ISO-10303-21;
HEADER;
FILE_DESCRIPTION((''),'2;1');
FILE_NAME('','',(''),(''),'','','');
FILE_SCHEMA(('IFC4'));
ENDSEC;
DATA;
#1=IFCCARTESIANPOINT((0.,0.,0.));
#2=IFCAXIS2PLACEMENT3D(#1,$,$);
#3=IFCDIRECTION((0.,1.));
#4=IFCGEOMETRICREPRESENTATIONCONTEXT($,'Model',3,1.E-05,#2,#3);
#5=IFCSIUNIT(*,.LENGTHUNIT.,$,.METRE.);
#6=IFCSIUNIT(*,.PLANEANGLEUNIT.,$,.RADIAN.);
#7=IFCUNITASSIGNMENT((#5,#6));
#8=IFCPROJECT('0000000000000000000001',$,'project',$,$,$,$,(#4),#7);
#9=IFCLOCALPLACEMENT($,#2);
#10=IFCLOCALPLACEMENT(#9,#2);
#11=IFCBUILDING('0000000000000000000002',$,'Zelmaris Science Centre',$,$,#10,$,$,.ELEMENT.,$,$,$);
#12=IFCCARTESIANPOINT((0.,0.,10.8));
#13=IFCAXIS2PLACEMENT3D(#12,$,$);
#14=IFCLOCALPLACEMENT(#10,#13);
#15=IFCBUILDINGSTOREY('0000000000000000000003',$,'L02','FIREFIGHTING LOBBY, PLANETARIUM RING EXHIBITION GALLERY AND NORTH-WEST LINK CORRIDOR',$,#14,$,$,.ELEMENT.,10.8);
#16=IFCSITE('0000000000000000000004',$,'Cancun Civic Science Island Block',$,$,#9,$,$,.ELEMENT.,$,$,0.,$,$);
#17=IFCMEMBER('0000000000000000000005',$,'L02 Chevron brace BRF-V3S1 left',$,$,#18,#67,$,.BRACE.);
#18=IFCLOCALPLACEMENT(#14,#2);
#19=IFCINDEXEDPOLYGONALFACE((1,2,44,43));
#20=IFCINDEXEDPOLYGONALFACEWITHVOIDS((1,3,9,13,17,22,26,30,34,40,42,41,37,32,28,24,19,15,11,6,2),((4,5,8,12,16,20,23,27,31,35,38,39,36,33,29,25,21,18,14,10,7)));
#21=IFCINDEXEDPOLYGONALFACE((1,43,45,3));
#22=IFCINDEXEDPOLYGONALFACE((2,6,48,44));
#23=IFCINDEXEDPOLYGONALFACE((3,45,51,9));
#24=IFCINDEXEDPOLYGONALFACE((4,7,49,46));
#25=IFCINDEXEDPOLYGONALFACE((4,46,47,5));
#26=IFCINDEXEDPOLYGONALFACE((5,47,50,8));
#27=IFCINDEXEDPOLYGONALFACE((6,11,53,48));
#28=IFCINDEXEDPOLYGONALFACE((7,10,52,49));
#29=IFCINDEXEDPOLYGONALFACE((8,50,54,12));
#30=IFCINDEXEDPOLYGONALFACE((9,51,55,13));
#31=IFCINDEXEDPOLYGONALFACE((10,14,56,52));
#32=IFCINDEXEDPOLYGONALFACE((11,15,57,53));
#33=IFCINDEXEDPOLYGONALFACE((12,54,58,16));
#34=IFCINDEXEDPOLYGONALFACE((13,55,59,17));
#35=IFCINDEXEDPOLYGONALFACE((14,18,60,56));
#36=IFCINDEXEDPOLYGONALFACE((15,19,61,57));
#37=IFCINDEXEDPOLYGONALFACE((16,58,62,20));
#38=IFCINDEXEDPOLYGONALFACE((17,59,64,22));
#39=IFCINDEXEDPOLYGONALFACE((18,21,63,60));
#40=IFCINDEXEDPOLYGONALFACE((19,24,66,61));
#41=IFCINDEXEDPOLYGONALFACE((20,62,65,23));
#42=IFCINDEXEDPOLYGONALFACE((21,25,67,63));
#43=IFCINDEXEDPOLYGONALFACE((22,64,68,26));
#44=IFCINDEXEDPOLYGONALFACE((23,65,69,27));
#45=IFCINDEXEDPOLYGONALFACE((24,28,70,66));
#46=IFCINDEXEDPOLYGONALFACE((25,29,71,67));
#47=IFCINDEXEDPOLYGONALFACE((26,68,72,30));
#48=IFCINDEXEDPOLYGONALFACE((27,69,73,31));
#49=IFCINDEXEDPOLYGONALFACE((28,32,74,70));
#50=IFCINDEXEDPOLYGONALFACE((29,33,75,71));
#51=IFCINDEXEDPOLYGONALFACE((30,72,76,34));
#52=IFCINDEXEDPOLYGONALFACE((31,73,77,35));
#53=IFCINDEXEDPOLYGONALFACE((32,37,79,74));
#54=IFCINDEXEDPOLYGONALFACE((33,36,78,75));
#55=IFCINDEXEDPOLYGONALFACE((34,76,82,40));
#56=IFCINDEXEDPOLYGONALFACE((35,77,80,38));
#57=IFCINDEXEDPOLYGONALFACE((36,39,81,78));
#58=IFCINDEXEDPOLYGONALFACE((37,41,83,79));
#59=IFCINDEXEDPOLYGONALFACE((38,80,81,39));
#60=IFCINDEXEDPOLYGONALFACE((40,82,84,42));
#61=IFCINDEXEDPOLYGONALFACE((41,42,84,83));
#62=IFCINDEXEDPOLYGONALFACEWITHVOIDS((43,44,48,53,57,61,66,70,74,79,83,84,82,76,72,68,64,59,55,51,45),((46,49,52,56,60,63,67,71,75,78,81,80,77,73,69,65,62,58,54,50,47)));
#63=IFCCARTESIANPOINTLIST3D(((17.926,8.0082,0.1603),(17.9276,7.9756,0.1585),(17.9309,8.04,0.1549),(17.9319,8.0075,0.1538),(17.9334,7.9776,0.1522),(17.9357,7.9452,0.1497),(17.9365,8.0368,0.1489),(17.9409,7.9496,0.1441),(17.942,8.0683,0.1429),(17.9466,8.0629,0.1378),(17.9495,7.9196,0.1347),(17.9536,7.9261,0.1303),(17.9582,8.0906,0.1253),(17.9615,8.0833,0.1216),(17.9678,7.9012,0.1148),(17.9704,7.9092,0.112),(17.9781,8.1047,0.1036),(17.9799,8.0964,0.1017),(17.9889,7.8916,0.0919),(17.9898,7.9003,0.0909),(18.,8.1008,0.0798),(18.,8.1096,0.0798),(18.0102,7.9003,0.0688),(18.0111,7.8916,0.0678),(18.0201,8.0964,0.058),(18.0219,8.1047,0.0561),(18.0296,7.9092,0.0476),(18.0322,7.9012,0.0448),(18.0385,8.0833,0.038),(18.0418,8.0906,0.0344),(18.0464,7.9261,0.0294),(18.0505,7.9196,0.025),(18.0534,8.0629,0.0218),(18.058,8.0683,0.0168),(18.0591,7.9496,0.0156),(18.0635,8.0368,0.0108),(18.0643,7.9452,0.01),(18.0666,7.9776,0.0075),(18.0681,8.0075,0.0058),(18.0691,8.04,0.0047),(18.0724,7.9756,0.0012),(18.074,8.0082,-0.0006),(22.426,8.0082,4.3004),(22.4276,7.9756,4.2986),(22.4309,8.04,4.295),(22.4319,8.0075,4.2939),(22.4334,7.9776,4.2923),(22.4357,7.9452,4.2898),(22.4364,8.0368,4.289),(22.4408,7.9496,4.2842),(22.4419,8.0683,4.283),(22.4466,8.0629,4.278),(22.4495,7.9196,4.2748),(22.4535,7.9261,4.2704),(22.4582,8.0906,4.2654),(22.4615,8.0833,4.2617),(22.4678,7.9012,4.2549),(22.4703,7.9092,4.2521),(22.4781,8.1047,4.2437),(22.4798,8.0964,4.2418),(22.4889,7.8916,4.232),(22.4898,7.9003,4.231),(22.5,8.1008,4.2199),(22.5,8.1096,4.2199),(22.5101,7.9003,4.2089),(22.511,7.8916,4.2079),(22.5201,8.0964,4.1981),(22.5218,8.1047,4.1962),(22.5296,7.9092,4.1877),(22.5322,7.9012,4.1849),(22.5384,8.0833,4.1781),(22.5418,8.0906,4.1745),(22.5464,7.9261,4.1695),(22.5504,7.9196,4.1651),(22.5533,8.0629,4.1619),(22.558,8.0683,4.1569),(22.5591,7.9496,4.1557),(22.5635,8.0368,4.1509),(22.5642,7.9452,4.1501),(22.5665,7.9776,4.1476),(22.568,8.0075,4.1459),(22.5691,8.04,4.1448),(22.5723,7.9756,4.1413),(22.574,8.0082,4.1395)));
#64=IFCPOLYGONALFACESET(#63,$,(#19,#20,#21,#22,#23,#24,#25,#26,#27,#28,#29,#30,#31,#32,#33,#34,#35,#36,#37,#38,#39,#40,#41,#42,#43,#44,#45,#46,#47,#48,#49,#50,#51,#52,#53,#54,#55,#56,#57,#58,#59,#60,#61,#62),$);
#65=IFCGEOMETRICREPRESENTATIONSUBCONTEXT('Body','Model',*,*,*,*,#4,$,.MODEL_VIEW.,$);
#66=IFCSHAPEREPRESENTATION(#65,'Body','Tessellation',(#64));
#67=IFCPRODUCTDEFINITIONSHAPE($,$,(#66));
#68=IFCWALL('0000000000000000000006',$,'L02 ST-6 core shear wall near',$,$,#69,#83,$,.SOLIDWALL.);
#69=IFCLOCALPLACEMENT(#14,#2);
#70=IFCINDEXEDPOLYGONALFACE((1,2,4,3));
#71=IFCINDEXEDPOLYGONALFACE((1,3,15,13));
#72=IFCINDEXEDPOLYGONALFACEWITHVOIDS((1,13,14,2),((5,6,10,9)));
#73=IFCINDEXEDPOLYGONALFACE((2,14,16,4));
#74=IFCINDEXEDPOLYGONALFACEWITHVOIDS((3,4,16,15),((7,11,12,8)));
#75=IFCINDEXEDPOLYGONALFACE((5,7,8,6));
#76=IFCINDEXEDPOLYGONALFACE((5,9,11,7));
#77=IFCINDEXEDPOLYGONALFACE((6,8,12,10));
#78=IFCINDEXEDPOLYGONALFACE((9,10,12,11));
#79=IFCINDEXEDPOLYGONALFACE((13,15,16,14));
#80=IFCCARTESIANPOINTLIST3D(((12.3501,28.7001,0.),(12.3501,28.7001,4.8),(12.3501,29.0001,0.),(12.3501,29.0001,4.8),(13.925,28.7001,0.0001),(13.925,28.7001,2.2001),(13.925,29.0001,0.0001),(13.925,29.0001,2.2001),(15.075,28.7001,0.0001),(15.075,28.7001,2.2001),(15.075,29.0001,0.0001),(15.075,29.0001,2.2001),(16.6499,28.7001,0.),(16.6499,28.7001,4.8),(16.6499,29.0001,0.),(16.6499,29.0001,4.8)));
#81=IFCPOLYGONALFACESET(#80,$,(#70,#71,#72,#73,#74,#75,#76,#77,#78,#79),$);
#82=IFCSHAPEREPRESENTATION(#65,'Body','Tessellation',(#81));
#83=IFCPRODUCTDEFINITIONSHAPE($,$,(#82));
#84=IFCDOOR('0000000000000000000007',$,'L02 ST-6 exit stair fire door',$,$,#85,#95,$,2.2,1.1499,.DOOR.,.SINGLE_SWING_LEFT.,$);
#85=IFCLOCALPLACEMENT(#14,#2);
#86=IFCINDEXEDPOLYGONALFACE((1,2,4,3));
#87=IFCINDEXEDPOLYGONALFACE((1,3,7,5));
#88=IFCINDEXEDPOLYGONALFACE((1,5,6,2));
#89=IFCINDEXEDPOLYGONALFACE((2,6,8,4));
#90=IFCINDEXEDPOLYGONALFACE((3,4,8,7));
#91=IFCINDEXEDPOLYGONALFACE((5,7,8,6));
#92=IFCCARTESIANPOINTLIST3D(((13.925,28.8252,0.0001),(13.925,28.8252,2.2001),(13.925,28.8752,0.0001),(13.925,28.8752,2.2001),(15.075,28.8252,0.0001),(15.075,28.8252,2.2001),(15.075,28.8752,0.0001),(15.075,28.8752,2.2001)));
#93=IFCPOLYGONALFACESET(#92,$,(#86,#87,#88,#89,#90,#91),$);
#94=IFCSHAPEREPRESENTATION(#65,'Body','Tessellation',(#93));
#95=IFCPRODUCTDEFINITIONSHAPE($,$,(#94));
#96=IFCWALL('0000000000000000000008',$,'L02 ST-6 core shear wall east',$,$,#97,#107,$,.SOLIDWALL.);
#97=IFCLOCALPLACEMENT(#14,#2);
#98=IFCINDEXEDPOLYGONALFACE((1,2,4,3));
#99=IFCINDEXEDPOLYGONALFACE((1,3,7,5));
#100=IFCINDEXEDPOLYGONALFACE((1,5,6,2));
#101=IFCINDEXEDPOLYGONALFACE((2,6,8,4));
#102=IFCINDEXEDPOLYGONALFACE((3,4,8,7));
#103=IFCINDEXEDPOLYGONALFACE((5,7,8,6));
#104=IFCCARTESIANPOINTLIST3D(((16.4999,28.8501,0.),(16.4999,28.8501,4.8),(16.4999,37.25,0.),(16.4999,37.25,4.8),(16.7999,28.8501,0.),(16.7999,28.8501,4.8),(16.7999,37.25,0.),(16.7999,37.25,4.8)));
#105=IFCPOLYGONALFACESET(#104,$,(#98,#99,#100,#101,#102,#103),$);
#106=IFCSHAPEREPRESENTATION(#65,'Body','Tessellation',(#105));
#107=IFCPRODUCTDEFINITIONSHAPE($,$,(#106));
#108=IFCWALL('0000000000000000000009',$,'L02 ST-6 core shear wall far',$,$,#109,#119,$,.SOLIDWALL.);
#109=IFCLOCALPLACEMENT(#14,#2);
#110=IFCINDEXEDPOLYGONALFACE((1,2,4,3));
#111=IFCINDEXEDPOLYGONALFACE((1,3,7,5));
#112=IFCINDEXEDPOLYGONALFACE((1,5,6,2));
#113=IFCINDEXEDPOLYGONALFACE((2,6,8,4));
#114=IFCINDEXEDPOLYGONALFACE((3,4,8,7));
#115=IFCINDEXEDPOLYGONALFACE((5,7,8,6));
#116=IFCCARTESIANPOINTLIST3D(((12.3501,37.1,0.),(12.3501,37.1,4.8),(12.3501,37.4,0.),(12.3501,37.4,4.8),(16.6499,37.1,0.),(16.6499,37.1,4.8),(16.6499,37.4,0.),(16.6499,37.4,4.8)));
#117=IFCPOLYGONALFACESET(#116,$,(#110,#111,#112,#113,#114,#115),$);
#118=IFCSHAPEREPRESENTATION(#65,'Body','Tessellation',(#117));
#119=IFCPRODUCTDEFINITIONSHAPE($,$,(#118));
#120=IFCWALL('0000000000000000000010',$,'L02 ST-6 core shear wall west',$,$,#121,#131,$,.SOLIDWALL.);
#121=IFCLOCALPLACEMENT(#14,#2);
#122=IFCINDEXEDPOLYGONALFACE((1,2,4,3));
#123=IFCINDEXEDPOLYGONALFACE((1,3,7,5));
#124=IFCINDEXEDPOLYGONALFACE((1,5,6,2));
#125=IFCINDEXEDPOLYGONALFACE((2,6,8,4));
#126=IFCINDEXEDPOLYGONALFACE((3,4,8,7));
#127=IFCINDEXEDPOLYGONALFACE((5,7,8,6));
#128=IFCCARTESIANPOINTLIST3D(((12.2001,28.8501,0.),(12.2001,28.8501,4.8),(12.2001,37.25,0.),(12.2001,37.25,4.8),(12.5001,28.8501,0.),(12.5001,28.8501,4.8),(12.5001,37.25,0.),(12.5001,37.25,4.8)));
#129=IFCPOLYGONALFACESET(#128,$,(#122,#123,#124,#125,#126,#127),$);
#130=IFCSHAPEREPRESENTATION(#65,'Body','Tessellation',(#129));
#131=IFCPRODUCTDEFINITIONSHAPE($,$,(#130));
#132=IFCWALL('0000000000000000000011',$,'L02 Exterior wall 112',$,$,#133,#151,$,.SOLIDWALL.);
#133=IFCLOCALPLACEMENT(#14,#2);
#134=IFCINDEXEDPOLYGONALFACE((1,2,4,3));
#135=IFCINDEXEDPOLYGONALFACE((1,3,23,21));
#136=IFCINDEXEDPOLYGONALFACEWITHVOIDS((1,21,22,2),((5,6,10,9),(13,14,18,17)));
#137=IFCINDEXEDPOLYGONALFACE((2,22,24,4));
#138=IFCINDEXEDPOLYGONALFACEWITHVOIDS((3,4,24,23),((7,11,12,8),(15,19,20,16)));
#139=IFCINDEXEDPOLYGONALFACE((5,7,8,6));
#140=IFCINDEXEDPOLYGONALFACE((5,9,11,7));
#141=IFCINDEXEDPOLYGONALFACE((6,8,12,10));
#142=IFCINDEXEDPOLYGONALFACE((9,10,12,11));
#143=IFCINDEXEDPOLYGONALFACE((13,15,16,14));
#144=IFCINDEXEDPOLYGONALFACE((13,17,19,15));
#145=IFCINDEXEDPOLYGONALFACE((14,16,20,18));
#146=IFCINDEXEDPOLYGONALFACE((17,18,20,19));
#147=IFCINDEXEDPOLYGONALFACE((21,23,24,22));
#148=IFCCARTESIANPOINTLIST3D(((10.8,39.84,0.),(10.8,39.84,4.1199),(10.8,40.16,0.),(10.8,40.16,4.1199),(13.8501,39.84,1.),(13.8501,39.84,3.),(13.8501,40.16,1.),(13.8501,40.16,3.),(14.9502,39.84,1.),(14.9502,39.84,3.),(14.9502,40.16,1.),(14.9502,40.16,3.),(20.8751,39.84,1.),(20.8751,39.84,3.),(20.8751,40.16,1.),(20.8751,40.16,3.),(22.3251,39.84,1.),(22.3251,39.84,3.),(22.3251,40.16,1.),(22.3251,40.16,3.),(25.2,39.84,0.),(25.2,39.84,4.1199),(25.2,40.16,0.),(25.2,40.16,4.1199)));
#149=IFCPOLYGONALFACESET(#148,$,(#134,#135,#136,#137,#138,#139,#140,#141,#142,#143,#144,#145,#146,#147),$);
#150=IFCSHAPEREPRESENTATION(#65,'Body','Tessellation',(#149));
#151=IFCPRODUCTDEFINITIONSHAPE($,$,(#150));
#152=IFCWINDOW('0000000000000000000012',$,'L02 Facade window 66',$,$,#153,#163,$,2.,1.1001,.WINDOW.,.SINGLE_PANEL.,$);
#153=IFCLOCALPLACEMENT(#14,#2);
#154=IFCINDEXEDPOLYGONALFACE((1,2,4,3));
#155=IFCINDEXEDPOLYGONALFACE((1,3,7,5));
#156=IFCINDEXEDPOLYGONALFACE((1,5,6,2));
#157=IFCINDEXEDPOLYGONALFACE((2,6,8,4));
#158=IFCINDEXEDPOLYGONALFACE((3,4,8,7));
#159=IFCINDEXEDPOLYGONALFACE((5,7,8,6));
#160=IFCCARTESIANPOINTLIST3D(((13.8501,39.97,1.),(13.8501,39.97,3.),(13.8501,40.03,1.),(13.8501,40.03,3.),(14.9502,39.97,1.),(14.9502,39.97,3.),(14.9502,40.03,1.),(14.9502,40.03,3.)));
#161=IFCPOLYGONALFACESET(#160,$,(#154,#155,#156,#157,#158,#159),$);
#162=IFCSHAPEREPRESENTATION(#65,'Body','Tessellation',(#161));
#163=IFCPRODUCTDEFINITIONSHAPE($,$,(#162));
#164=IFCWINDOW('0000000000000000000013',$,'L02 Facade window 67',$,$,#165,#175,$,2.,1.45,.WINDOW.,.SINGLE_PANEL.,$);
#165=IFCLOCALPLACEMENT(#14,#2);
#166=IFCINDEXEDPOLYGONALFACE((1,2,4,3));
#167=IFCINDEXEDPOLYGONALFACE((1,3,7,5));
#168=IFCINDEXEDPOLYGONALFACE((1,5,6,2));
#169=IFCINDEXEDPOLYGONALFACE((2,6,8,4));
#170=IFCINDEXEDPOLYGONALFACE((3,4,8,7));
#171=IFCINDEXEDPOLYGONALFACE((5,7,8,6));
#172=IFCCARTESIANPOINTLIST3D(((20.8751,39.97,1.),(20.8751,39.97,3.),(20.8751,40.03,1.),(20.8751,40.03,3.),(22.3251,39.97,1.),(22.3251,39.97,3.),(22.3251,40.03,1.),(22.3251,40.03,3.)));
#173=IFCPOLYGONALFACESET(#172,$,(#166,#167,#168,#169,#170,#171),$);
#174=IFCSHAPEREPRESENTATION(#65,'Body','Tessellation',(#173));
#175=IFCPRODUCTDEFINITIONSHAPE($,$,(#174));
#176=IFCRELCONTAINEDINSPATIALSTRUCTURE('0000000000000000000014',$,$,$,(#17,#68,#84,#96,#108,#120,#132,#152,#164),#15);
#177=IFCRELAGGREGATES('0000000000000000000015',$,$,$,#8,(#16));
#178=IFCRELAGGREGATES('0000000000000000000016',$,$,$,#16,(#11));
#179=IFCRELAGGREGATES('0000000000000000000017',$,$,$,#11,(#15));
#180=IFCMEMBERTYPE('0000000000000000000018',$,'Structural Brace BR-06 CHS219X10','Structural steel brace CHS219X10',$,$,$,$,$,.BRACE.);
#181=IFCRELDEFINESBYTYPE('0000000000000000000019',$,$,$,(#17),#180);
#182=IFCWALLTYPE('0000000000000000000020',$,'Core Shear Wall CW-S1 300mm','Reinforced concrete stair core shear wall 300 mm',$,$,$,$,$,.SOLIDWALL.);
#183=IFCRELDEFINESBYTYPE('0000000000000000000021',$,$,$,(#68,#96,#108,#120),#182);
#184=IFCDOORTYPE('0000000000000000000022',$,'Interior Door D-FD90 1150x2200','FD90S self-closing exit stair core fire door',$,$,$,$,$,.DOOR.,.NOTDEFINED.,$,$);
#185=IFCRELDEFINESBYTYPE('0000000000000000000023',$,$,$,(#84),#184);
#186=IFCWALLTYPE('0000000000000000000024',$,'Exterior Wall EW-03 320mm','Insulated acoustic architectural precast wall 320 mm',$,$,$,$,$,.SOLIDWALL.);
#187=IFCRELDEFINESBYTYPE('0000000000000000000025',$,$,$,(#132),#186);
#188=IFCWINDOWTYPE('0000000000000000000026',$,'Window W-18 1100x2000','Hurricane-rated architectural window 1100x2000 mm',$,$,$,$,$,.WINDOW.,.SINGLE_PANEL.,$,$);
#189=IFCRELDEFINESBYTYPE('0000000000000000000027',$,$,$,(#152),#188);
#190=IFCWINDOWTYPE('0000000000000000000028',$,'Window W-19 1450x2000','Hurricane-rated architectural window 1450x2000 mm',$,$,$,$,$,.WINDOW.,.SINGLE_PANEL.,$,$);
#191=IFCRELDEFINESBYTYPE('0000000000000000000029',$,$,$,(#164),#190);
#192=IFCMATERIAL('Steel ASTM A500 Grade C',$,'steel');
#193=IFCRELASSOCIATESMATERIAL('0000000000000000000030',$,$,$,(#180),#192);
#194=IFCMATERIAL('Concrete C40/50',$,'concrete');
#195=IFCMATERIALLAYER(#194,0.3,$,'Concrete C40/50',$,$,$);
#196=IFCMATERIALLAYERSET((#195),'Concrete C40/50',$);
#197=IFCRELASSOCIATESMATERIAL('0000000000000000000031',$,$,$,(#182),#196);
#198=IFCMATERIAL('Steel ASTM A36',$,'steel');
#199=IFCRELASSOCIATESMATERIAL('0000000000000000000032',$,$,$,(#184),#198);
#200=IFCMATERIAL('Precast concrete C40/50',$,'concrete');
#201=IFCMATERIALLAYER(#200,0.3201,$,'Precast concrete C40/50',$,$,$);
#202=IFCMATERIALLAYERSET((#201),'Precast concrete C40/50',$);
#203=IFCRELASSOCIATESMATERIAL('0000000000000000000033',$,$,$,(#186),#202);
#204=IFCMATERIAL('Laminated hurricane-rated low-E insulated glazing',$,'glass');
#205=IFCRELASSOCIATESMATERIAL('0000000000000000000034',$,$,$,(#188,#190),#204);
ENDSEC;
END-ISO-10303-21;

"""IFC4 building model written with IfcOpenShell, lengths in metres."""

from ifc_helpers import new_model, si_unit, direction, frame, frame_2d, origin, origin_2d, place, context, subcontext, project, spatial, rectangle, hollow_circle, extrude, material, layer, layer_set, material_profile, profile_set, type_object, element, fill, save


model = new_model("IFC4")

# Units and contexts
model_context = context("Model", 3, precision=1e-05, world=origin(), true_north=direction((0.0, 1.0)))
body_context = subcontext(model_context, "Body", "Model", "MODEL_VIEW")
ifc_project = project(units=[si_unit("LENGTHUNIT", "METRE"), si_unit("PLANEANGLEUNIT", "RADIAN")], contexts=[model_context])

# Site, building, storey
site_placement = place(None, origin())
site = spatial("IfcSite", under=ifc_project, at=site_placement, Name="Cancun Civic Science Island Block", CompositionType="ELEMENT", RefElevation=0.0)
building_placement = place(site_placement, origin())
building = spatial("IfcBuilding", under=site, at=building_placement, Name="Zelmaris Science Centre", CompositionType="ELEMENT")
storey_placement = place(building_placement, frame((0.0, 0.0, 10.8)))
storey = spatial("IfcBuildingStorey", under=building, at=storey_placement, Name="L02", Description="FIREFIGHTING LOBBY, PLANETARIUM RING EXHIBITION GALLERY AND NORTH-WEST LINK CORRIDOR", CompositionType="ELEMENT", Elevation=10.8)

# Member
ifc_material_1 = material(Name="Steel ASTM A500 Grade C", Category="steel")
ifc_material_profile_1 = material_profile(ifc_material_1, hollow_circle(Radius=0.1096, WallThickness=0.0088, at=origin_2d()), Name="CHS219X10")
ifc_profile_set_1 = profile_set([ifc_material_profile_1], Name="Steel ASTM A500 Grade C")
member_type = type_object("IfcMemberType", Name="Structural Brace BR-06 CHS219X10", Description="Structural steel brace CHS219X10", PredefinedType="BRACE", material=ifc_profile_set_1)
member_placement = place(storey_placement, frame((18.0, 8.0, 0.0798), z_axis=(0.73592, 0.0, 0.677069), x_axis=(0.0, 1.0, 0.0)))
element("IfcMember", 1, at=member_placement, inside=storey, type_object=member_type, Name="L02 Chevron brace BRF-V3S1 left", PredefinedType="BRACE", context=body_context, shape_type="SweptSolid", body=[
    extrude(hollow_circle(Radius=0.1096, WallThickness=0.0088, at=origin_2d()), origin(), (0.0, 0.0, 1.0), 6.1147),
])

# Wall, opening, door
ifc_material_2 = material(Name="Concrete C40/50", Category="concrete")
ifc_layer_1 = layer(ifc_material_2, 0.3, Name="Concrete C40/50")
ifc_layer_set_1 = layer_set([ifc_layer_1], Name="Concrete C40/50")
wall_type_1 = type_object("IfcWallType", Name="Core Shear Wall CW-S1 300mm", Description="Reinforced concrete stair core shear wall 300 mm", PredefinedType="SOLIDWALL", material=ifc_layer_set_1)
wall_1_placement = place(storey_placement, frame((16.6499, 28.8501, 0.0), z_axis=(0.0, 0.0, 1.0), x_axis=(-1.0, 0.0, 0.0)))
wall_1 = element("IfcWall", 2, at=wall_1_placement, inside=storey, type_object=wall_type_1, Name="L02 ST-6 core shear wall near", PredefinedType="SOLIDWALL", context=body_context, shape_type="SweptSolid", body=[
    extrude(rectangle(XDim=4.2998, YDim=0.3, at=frame_2d((2.1499, 0.0))), origin(), (0.0, 0.0, 1.0), 4.8),
])
opening_1_placement = place(wall_1_placement, frame((1.575, 0.0, 0.0)))
opening_1 = element("IfcOpeningElement", 3, at=opening_1_placement, cuts=wall_1, PredefinedType="OPENING", context=body_context, shape_type="SweptSolid", body=[
    extrude(rectangle(XDim=1.1499, YDim=2.2, at=frame_2d((0.575, 1.1001))), frame((0.0, 0.1599, 0.0), z_axis=(0.0, -1.0, 0.0), x_axis=(1.0, 0.0, 0.0)), (0.0, 0.0, 1.0), 0.3201),
])
ifc_material_3 = material(Name="Steel ASTM A36", Category="steel")
door_type = type_object("IfcDoorType", Name="Interior Door D-FD90 1150x2200", Description="FD90S self-closing exit stair core fire door", OperationType="NOTDEFINED", PredefinedType="DOOR", material=ifc_material_3)
door_placement = place(opening_1_placement, origin())
door = element("IfcDoor", 4, at=door_placement, inside=storey, type_object=door_type, Name="L02 ST-6 exit stair fire door", OperationType="SINGLE_SWING_LEFT", OverallHeight=2.2, OverallWidth=1.1499, PredefinedType="DOOR", context=body_context, shape_type="SweptSolid", body=[
    extrude(rectangle(XDim=1.1499, YDim=2.2, at=frame_2d((0.575, 1.1001))), frame((0.0, 0.0249, 0.0), z_axis=(0.0, -1.0, 0.0), x_axis=(1.0, 0.0, 0.0)), (0.0, 0.0, 1.0), 0.05),
])
fill(opening_1, door)

# Walls
wall_2_placement = place(storey_placement, frame((16.6499, 28.8501, 0.0), z_axis=(0.0, 0.0, 1.0), x_axis=(0.0, 1.0, 0.0)))
element("IfcWall", 5, at=wall_2_placement, inside=storey, type_object=wall_type_1, Name="L02 ST-6 core shear wall east", PredefinedType="SOLIDWALL", context=body_context, shape_type="SweptSolid", body=[
    extrude(rectangle(XDim=8.3999, YDim=0.3, at=frame_2d((4.2, 0.0))), origin(), (0.0, 0.0, 1.0), 4.8),
])
wall_3_placement = place(storey_placement, frame((16.6499, 37.25, 0.0), z_axis=(0.0, 0.0, 1.0), x_axis=(-1.0, 0.0, 0.0)))
element("IfcWall", 6, at=wall_3_placement, inside=storey, type_object=wall_type_1, Name="L02 ST-6 core shear wall far", PredefinedType="SOLIDWALL", context=body_context, shape_type="SweptSolid", body=[
    extrude(rectangle(XDim=4.2998, YDim=0.3, at=frame_2d((2.1499, 0.0))), origin(), (0.0, 0.0, 1.0), 4.8),
])
wall_4_placement = place(storey_placement, frame((12.3501, 28.8501, 0.0), z_axis=(0.0, 0.0, 1.0), x_axis=(0.0, 1.0, 0.0)))
element("IfcWall", 7, at=wall_4_placement, inside=storey, type_object=wall_type_1, Name="L02 ST-6 core shear wall west", PredefinedType="SOLIDWALL", context=body_context, shape_type="SweptSolid", body=[
    extrude(rectangle(XDim=8.3999, YDim=0.3, at=frame_2d((4.2, 0.0))), origin(), (0.0, 0.0, 1.0), 4.8),
])

# Wall, openings, windows
ifc_material_4 = material(Name="Precast concrete C40/50", Category="concrete")
ifc_layer_2 = layer(ifc_material_4, 0.3201, Name="Precast concrete C40/50")
ifc_layer_set_2 = layer_set([ifc_layer_2], Name="Precast concrete C40/50")
wall_type_2 = type_object("IfcWallType", Name="Exterior Wall EW-03 320mm", Description="Insulated acoustic architectural precast wall 320 mm", PredefinedType="SOLIDWALL", material=ifc_layer_set_2)
wall_5_placement = place(storey_placement, frame((10.8, 40.0, 0.0), z_axis=(0.0, 0.0, 1.0), x_axis=(1.0, 0.0, 0.0)))
wall_5 = element("IfcWall", 8, at=wall_5_placement, inside=storey, type_object=wall_type_2, Name="L02 Exterior wall 112", PredefinedType="SOLIDWALL", context=body_context, shape_type="SweptSolid", body=[
    extrude(rectangle(XDim=14.3999, YDim=0.3201, at=frame_2d((7.2, 0.0))), origin(), (0.0, 0.0, 1.0), 4.1199),
])
opening_2_placement = place(wall_5_placement, frame((3.05, 0.0, 1.0)))
opening_2 = element("IfcOpeningElement", 9, at=opening_2_placement, cuts=wall_5, PredefinedType="OPENING", context=body_context, shape_type="SweptSolid", body=[
    extrude(rectangle(XDim=1.1001, YDim=2.0, at=frame_2d((0.55, 1.0))), frame((0.0, 0.1699, 0.0), z_axis=(0.0, -1.0, 0.0), x_axis=(1.0, 0.0, 0.0)), (0.0, 0.0, 1.0), 0.3401),
])
opening_3_placement = place(wall_5_placement, frame((10.075, 0.0, 1.0)))
opening_3 = element("IfcOpeningElement", 10, at=opening_3_placement, cuts=wall_5, PredefinedType="OPENING", context=body_context, shape_type="SweptSolid", body=[
    extrude(rectangle(XDim=1.45, YDim=2.0, at=frame_2d((0.7251, 1.0))), frame((0.0, 0.1699, 0.0), z_axis=(0.0, -1.0, 0.0), x_axis=(1.0, 0.0, 0.0)), (0.0, 0.0, 1.0), 0.3401),
])
ifc_material_5 = material(Name="Laminated hurricane-rated low-E insulated glazing", Category="glass")
window_type_1 = type_object("IfcWindowType", Name="Window W-18 1100x2000", Description="Hurricane-rated architectural window 1100x2000 mm", PartitioningType="SINGLE_PANEL", PredefinedType="WINDOW", material=ifc_material_5)
window_1_placement = place(opening_2_placement, origin())
window_1 = element("IfcWindow", 11, at=window_1_placement, inside=storey, type_object=window_type_1, Name="L02 Facade window 66", OverallHeight=2.0, OverallWidth=1.1001, PartitioningType="SINGLE_PANEL", PredefinedType="WINDOW", context=body_context, shape_type="SweptSolid", body=[
    extrude(rectangle(XDim=1.1001, YDim=2.0, at=frame_2d((0.55, 1.0))), frame((0.0, 0.03, 0.0), z_axis=(0.0, -1.0, 0.0), x_axis=(1.0, 0.0, 0.0)), (0.0, 0.0, 1.0), 0.0601),
])
fill(opening_2, window_1)
window_type_2 = type_object("IfcWindowType", Name="Window W-19 1450x2000", Description="Hurricane-rated architectural window 1450x2000 mm", PartitioningType="SINGLE_PANEL", PredefinedType="WINDOW", material=ifc_material_5)
window_2_placement = place(opening_3_placement, origin())
window_2 = element("IfcWindow", 12, at=window_2_placement, inside=storey, type_object=window_type_2, Name="L02 Facade window 67", OverallHeight=2.0, OverallWidth=1.45, PartitioningType="SINGLE_PANEL", PredefinedType="WINDOW", context=body_context, shape_type="SweptSolid", body=[
    extrude(rectangle(XDim=1.45, YDim=2.0, at=frame_2d((0.7251, 1.0))), frame((0.0, 0.03, 0.0), z_axis=(0.0, -1.0, 0.0), x_axis=(1.0, 0.0, 0.0)), (0.0, 0.0, 1.0), 0.0601),
])
fill(opening_3, window_2)

save(model, "model.ifc")
